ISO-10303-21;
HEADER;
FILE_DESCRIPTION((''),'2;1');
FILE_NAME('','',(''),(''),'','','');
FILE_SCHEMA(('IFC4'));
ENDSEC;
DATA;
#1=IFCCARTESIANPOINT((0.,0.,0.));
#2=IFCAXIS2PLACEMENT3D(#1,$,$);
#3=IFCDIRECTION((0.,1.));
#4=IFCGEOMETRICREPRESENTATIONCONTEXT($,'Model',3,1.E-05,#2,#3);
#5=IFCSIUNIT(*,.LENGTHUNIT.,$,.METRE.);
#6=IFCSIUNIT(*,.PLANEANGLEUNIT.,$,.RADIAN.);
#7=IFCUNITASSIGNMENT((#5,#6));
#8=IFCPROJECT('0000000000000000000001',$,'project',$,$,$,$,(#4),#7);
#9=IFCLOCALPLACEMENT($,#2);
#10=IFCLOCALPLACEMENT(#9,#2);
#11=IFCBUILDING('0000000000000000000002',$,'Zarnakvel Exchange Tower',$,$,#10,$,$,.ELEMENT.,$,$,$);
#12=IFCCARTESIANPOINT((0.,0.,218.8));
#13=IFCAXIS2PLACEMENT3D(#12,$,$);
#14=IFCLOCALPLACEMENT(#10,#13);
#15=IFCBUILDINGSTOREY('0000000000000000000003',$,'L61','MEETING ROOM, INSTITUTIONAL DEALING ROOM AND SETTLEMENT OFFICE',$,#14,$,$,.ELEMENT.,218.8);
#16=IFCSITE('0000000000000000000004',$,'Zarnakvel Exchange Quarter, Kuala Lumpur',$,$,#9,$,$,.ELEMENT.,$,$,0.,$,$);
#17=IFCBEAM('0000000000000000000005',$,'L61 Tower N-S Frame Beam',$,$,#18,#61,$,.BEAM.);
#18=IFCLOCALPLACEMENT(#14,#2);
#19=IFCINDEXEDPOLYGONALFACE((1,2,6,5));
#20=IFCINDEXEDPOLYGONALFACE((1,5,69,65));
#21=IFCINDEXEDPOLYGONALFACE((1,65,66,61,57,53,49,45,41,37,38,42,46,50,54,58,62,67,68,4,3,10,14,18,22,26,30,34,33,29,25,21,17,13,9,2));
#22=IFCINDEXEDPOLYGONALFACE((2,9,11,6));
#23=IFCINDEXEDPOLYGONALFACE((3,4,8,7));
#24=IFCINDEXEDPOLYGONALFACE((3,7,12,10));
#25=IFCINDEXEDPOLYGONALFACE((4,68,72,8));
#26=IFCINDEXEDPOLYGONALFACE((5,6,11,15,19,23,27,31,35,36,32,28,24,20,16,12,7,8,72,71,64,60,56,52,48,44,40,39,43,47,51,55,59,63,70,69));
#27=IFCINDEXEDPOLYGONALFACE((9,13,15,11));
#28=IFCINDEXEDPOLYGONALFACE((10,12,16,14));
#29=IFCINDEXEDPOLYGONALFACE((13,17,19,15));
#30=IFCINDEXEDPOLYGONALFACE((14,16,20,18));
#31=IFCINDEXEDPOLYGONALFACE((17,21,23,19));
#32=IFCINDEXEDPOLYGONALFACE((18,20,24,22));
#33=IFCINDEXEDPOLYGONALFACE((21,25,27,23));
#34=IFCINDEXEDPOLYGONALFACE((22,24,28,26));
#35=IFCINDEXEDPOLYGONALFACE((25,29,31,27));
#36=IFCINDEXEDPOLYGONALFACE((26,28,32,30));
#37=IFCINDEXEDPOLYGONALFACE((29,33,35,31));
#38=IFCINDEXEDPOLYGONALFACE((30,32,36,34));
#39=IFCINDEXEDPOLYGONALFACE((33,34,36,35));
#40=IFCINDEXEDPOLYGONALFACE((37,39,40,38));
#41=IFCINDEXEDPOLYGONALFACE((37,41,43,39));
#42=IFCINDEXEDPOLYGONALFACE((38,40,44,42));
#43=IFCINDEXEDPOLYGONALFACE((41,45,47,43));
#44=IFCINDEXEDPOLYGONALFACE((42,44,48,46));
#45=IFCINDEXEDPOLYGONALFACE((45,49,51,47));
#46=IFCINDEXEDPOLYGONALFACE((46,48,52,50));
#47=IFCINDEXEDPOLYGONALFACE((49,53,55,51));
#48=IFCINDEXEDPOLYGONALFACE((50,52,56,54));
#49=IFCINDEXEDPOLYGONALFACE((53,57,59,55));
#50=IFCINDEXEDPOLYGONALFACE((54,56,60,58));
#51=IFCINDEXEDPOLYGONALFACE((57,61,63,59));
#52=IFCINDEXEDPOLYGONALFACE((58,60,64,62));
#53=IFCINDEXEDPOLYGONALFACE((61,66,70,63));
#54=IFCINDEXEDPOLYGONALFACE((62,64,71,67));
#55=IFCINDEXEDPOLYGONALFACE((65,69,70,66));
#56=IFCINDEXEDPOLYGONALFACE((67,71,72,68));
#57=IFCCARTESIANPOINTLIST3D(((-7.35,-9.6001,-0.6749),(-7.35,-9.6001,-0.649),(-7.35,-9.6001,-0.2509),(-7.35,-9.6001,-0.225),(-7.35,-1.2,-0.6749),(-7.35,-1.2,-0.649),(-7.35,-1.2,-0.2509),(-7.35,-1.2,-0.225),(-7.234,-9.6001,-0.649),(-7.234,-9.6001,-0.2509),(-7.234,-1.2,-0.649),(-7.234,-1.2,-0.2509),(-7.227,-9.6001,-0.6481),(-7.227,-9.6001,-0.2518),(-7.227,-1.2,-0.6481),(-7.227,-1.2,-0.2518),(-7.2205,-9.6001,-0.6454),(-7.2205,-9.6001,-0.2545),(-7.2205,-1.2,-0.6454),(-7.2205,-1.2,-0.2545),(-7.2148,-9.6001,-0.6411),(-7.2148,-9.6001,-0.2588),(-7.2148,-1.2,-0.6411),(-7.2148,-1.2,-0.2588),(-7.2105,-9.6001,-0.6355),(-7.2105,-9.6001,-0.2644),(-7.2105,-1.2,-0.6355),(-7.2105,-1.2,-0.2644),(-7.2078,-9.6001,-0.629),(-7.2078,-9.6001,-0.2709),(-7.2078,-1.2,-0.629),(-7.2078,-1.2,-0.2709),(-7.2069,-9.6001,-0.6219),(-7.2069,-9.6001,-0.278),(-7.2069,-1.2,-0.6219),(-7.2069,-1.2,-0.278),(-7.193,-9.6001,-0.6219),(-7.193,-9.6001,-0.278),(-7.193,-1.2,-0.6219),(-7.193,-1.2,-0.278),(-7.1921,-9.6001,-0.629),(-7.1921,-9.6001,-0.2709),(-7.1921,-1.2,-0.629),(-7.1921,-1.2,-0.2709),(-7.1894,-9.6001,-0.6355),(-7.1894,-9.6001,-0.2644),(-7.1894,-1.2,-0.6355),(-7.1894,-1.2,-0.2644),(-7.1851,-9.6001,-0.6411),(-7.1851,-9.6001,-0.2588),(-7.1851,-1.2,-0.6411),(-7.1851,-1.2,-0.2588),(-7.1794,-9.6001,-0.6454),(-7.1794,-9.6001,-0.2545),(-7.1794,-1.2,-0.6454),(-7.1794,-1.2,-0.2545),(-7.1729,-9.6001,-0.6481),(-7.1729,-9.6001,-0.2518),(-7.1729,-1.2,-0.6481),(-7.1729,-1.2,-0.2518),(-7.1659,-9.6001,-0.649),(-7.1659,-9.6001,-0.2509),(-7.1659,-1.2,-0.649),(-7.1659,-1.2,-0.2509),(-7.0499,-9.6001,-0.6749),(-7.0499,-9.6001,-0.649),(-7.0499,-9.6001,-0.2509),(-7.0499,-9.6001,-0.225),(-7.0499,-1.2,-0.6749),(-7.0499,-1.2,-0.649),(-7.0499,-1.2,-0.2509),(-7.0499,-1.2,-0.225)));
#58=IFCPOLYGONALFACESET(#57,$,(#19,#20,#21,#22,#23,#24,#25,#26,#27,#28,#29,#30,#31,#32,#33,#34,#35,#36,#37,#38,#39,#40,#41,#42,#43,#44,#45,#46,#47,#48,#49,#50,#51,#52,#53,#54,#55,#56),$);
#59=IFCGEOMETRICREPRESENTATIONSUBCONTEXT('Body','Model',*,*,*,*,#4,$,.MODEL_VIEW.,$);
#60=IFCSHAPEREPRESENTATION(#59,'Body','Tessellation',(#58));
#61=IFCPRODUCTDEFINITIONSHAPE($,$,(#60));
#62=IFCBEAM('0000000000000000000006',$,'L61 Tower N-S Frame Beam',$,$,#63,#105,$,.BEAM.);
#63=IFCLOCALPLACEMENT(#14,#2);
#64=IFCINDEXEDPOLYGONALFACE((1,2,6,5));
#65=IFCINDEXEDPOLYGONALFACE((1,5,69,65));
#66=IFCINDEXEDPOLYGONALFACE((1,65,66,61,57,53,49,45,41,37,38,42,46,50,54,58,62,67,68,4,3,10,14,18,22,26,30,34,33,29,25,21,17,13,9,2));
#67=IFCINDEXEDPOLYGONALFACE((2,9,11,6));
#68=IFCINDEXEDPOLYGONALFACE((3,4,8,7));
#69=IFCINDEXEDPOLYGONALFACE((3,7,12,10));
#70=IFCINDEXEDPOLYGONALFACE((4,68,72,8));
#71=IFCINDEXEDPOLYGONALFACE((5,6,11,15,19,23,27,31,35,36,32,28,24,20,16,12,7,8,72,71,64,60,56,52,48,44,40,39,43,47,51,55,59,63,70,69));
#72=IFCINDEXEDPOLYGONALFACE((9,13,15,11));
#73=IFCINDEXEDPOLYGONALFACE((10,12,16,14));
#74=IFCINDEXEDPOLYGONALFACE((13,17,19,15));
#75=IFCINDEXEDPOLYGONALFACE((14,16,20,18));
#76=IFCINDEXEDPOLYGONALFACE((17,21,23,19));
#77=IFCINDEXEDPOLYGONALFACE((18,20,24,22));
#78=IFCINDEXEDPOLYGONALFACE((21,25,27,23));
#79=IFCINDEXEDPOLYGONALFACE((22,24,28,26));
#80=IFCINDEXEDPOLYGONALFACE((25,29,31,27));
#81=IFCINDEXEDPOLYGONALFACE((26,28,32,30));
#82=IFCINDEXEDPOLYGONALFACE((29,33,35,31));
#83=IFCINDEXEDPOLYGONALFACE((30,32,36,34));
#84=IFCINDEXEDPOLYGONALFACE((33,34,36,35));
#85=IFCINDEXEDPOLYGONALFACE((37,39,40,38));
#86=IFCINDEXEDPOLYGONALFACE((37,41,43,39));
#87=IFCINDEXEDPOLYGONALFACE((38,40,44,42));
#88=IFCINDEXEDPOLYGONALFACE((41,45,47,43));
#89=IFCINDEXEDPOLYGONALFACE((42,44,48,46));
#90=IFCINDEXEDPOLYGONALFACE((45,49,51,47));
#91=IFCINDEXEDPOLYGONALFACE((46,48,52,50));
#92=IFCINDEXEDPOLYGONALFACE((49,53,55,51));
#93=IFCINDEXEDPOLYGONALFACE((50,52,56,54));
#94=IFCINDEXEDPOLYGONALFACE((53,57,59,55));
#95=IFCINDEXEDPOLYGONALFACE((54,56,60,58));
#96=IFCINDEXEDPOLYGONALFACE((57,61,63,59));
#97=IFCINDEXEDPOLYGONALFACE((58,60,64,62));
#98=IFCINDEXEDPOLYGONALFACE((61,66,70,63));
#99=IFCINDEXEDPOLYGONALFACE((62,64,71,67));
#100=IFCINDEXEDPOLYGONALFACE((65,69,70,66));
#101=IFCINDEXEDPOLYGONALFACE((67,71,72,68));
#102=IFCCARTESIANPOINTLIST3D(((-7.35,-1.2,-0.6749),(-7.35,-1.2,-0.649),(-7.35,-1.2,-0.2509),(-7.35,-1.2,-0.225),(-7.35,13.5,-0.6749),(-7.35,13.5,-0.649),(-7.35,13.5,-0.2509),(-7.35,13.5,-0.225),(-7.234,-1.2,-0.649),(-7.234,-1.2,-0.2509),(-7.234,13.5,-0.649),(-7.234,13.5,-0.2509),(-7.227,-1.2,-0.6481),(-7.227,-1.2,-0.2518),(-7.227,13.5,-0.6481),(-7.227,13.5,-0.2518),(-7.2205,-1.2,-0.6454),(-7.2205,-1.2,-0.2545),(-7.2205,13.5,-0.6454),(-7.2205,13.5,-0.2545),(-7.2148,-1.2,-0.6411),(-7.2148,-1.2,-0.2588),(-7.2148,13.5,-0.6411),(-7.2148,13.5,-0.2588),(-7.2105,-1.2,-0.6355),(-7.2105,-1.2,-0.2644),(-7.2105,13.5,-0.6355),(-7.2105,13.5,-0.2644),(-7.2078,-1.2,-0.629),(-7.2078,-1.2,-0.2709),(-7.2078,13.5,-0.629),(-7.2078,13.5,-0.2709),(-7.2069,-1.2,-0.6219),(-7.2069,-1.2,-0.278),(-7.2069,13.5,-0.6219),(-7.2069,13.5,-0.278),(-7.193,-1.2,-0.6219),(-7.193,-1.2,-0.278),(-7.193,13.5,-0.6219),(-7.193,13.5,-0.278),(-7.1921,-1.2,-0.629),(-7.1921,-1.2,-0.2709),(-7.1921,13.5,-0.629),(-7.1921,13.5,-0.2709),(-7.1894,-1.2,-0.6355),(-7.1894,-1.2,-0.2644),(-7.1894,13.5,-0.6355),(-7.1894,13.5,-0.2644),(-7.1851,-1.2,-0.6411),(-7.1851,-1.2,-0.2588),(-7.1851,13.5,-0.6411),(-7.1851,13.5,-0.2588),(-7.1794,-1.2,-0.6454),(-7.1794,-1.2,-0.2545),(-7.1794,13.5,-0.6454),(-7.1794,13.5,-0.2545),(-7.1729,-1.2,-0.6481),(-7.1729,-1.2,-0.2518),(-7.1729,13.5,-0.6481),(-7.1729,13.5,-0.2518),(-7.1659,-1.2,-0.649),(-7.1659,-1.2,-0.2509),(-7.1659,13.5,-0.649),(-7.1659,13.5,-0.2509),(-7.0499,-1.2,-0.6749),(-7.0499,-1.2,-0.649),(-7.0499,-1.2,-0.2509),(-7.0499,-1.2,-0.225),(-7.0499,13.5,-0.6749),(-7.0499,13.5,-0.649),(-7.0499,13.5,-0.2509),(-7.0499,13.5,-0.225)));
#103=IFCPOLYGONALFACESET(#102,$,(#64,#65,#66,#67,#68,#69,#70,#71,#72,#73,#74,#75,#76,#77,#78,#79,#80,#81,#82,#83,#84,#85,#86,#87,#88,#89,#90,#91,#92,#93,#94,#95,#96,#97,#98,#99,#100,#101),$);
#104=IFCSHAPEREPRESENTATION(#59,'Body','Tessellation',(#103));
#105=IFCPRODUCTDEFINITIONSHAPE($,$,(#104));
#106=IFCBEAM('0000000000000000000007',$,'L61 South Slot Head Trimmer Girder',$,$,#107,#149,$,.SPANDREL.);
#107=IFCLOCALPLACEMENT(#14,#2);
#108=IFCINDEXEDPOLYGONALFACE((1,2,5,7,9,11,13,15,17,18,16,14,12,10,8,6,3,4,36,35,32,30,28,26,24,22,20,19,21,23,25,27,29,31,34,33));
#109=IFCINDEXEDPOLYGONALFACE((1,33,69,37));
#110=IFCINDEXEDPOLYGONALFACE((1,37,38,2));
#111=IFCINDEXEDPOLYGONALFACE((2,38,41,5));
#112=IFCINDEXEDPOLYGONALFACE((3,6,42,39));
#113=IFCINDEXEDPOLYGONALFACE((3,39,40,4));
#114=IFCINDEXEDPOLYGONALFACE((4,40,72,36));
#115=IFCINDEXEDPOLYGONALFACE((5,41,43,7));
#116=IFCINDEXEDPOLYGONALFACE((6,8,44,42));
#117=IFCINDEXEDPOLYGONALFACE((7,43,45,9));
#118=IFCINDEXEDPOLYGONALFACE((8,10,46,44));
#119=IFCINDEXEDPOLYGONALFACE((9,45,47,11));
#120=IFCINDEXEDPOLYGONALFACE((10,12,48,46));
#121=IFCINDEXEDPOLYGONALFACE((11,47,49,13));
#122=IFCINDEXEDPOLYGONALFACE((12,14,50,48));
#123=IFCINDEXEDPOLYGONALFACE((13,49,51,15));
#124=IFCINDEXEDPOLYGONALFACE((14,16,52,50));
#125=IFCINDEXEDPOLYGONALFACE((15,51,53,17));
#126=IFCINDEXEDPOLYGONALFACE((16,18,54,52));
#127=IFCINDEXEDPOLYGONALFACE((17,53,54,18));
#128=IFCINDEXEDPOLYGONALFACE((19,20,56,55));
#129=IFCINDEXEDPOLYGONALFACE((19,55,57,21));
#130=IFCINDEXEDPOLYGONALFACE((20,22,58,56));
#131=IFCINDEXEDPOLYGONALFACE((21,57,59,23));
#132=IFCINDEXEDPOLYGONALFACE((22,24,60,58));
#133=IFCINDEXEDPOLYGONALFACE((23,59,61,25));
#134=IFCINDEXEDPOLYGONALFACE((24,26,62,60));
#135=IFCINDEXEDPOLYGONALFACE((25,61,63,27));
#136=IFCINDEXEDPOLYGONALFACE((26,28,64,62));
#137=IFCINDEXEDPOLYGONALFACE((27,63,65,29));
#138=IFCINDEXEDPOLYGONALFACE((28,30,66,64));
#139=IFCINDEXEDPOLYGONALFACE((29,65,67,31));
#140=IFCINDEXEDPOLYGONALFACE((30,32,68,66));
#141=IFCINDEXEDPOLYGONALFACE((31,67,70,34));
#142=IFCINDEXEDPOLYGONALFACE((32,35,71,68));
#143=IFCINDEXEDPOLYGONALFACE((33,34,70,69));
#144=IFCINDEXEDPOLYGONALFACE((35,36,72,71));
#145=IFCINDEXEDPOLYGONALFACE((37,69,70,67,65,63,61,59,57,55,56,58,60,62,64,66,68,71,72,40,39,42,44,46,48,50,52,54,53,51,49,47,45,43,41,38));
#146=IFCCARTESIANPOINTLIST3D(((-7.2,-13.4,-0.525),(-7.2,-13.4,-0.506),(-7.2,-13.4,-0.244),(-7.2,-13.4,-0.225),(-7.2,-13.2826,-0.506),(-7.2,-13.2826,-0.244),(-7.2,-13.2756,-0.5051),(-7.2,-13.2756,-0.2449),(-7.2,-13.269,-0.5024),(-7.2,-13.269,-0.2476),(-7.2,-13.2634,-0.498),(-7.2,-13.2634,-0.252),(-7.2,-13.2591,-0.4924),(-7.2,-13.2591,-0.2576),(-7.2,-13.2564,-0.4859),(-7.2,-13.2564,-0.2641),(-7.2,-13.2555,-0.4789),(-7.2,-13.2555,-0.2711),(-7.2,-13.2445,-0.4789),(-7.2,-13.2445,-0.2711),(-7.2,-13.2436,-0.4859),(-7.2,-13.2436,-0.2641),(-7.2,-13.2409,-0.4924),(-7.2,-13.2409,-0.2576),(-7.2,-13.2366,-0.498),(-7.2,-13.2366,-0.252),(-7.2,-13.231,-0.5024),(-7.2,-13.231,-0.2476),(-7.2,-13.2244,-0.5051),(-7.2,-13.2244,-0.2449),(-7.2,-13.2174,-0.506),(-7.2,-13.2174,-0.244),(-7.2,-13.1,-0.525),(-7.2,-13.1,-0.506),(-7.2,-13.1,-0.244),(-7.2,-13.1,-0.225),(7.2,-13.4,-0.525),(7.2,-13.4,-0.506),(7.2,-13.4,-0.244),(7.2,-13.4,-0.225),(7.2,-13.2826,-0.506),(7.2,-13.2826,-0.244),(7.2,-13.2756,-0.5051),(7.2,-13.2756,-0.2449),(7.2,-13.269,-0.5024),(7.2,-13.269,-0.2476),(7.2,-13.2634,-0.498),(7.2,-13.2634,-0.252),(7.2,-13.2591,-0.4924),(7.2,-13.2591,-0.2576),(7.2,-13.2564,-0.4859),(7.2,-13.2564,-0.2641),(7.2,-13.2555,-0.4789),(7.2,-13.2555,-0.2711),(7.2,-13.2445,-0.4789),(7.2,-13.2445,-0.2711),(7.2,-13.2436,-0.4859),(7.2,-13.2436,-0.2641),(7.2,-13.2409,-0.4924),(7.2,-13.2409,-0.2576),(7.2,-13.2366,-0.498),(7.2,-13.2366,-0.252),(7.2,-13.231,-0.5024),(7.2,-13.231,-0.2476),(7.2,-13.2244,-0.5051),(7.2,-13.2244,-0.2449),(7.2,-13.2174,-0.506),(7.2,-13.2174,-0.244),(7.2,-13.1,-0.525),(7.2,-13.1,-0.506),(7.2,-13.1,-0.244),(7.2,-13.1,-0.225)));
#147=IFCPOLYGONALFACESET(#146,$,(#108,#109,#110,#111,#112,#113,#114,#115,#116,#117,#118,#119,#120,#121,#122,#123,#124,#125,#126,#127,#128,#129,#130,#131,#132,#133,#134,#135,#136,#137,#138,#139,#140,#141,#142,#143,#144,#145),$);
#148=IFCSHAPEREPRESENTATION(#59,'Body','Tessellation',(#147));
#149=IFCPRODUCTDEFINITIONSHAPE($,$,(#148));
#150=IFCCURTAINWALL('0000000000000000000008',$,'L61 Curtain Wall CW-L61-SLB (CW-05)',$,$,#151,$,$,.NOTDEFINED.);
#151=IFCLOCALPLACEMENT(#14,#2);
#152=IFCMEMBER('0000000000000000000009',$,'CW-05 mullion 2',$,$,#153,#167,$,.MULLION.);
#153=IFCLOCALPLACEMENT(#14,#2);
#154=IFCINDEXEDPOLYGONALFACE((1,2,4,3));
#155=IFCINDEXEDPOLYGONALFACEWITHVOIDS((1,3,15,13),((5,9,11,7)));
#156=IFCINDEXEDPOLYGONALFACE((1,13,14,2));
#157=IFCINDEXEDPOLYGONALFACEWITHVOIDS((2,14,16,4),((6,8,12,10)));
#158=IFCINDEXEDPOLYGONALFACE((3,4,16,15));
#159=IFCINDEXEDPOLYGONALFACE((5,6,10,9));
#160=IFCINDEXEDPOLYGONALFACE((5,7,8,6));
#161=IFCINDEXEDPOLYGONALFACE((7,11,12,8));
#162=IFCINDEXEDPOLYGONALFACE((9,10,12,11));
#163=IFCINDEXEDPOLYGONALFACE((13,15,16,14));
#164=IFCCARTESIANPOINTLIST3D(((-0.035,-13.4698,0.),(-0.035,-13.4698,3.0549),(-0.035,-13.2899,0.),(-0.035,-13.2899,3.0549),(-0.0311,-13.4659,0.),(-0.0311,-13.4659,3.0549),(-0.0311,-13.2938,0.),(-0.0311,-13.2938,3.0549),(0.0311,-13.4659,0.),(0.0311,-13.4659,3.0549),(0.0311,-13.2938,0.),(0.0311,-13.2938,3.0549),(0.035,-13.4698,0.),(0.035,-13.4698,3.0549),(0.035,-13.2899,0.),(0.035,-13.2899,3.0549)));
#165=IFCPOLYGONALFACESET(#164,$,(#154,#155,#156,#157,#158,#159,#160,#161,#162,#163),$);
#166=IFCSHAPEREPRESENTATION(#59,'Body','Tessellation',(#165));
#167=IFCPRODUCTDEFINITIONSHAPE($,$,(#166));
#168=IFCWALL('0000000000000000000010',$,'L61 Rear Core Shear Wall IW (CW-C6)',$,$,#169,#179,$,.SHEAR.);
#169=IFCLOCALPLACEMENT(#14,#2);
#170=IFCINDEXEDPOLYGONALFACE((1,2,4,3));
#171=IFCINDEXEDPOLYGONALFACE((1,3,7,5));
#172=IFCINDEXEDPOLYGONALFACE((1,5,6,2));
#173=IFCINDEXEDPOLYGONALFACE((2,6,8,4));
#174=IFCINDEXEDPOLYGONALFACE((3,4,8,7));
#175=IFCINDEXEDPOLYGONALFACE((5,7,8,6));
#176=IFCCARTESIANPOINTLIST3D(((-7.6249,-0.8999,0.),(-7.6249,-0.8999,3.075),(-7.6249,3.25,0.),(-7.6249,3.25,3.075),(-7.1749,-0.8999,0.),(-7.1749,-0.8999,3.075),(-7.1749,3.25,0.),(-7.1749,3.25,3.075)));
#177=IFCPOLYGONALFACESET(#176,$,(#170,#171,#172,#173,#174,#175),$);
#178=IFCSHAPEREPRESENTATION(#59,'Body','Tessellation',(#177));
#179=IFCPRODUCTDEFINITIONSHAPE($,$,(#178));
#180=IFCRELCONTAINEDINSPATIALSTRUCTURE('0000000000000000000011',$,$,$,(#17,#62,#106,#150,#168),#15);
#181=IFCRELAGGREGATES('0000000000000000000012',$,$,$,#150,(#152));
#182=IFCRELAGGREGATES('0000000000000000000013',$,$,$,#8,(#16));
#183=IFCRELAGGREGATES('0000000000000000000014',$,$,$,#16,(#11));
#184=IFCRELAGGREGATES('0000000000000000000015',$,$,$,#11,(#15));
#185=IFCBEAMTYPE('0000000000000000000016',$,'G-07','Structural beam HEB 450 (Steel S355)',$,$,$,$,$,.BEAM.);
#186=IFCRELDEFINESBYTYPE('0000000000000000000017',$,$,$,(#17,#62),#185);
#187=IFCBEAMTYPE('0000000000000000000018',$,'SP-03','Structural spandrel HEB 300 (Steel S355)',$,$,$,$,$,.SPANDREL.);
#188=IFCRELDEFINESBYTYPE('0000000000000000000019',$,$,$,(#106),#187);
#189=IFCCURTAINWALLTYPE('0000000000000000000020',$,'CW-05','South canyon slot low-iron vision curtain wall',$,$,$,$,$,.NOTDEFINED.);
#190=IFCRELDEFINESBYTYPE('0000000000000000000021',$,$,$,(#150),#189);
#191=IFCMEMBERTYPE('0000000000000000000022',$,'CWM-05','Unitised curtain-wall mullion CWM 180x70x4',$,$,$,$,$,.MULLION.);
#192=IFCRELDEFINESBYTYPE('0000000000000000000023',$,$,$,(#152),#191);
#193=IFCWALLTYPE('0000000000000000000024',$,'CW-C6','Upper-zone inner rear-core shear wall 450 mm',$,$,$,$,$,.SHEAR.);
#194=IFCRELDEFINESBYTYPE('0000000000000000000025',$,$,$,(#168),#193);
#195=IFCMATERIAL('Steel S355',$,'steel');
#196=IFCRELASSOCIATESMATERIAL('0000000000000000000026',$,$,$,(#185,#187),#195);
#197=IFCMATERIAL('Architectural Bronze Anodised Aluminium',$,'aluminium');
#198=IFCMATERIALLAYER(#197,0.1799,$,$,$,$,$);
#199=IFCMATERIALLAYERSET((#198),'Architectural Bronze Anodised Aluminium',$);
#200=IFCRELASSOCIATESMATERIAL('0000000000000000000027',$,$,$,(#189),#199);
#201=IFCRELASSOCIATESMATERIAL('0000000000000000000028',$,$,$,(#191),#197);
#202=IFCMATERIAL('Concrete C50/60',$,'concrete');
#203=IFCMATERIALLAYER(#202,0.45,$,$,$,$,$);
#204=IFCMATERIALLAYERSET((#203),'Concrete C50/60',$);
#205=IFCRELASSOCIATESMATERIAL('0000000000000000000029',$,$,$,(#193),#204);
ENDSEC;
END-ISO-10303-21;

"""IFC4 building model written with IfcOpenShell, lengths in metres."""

from ifc_helpers import new_model, si_unit, direction, frame, frame_2d, origin, origin_2d, place, context, subcontext, project, spatial, rectangle, hollow_rectangle, i_section, extrude, source, transform, mapped, material, layer, layer_set, material_profile, profile_set, type_object, element, aggregate, save


model = new_model("IFC4")

# Units and contexts
model_context = context("Model", 3, precision=1e-05, world=origin(), true_north=direction((0.0, 1.0)))
body_context = subcontext(model_context, "Body", "Model", "MODEL_VIEW")
ifc_project = project(units=[si_unit("LENGTHUNIT", "METRE"), si_unit("PLANEANGLEUNIT", "RADIAN")], contexts=[model_context])

# Site, building, storey
site_placement = place(None, origin())
site = spatial("IfcSite", under=ifc_project, at=site_placement, Name="Zarnakvel Exchange Quarter, Kuala Lumpur", CompositionType="ELEMENT", RefElevation=0.0)
building_placement = place(site_placement, origin())
building = spatial("IfcBuilding", under=site, at=building_placement, Name="Zarnakvel Exchange Tower", CompositionType="ELEMENT")
storey_placement = place(building_placement, frame((0.0, 0.0, 218.8)))
storey = spatial("IfcBuildingStorey", under=building, at=storey_placement, Name="L61", Description="MEETING ROOM, INSTITUTIONAL DEALING ROOM AND SETTLEMENT OFFICE", CompositionType="ELEMENT", Elevation=218.8)

# Shared definitions
ifc_material_1 = material(Name="Concrete C50/60", Category="concrete")

# Beams
ifc_material_2 = material(Name="Steel S355", Category="steel")
ifc_material_profile_1 = material_profile(ifc_material_2, i_section(OverallWidth=0.3, OverallDepth=0.45, WebThickness=0.0139, FlangeThickness=0.0259, FilletRadius=0.0271, at=origin_2d()))
ifc_profile_set_1 = profile_set([ifc_material_profile_1], Name="Steel S355")
beam_type_1 = type_object("IfcBeamType", Name="G-07", Description="Structural beam HEB 450 (Steel S355)", PredefinedType="BEAM", material=ifc_profile_set_1)
beam_1_placement = place(storey_placement, frame((-7.2, -9.6001, -0.45), z_axis=(0.0, 1.0, 0.0), x_axis=(-1.0, 0.0, 0.0)))
element("IfcBeam", 1, at=beam_1_placement, inside=storey, type_object=beam_type_1, Name="L61 Tower N-S Frame Beam", PredefinedType="BEAM", context=body_context, shape_type="SweptSolid", body=[
    extrude(i_section(OverallWidth=0.3, OverallDepth=0.45, WebThickness=0.0139, FlangeThickness=0.0259, FilletRadius=0.0271, at=origin_2d()), origin(), (0.0, 0.0, 1.0), 8.4001),
])
beam_2_placement = place(storey_placement, frame((-7.2, -1.2, -0.45), z_axis=(0.0, 1.0, 0.0), x_axis=(-1.0, 0.0, 0.0)))
element("IfcBeam", 2, at=beam_2_placement, inside=storey, type_object=beam_type_1, Name="L61 Tower N-S Frame Beam", PredefinedType="BEAM", context=body_context, shape_type="SweptSolid", body=[
    extrude(i_section(OverallWidth=0.3, OverallDepth=0.45, WebThickness=0.0139, FlangeThickness=0.0259, FilletRadius=0.0271, at=origin_2d()), origin(), (0.0, 0.0, 1.0), 14.7),
])
ifc_material_profile_2 = material_profile(ifc_material_2, i_section(OverallWidth=0.3, OverallDepth=0.3, WebThickness=0.011, FlangeThickness=0.019, FilletRadius=0.0271, at=origin_2d()))
ifc_profile_set_2 = profile_set([ifc_material_profile_2], Name="Steel S355")
beam_type_2 = type_object("IfcBeamType", Name="SP-03", Description="Structural spandrel HEB 300 (Steel S355)", PredefinedType="SPANDREL", material=ifc_profile_set_2)
beam_3_placement = place(storey_placement, frame((-7.2, -13.25, -0.375), z_axis=(1.0, 0.0, 0.0), x_axis=(0.0, 1.0, 0.0)))
element("IfcBeam", 3, at=beam_3_placement, inside=storey, type_object=beam_type_2, Name="L61 South Slot Head Trimmer Girder", PredefinedType="SPANDREL", context=body_context, shape_type="SweptSolid", body=[
    extrude(i_section(OverallWidth=0.3, OverallDepth=0.3, WebThickness=0.011, FlangeThickness=0.019, FilletRadius=0.0271, at=origin_2d()), origin(), (0.0, 0.0, 1.0), 14.3999),
])

# Curtain wall, member
ifc_material_3 = material(Name="Architectural Bronze Anodised Aluminium", Category="aluminium")
ifc_layer_1 = layer(ifc_material_3, 0.1799)
ifc_layer_set_1 = layer_set([ifc_layer_1], Name="Architectural Bronze Anodised Aluminium")
curtain_wall_type = type_object("IfcCurtainWallType", Name="CW-05", Description="South canyon slot low-iron vision curtain wall", PredefinedType="NOTDEFINED", material=ifc_layer_set_1)
curtain_wall_placement = place(storey_placement, origin())
curtain_wall = element("IfcCurtainWall", 4, at=curtain_wall_placement, inside=storey, type_object=curtain_wall_type, Name="L61 Curtain Wall CW-L61-SLB (CW-05)", PredefinedType="NOTDEFINED")
ifc_material_profile_3 = material_profile(ifc_material_3, hollow_rectangle(XDim=0.1799, YDim=0.0701, WallThickness=0.0039, at=origin_2d()))
ifc_profile_set_3 = profile_set([ifc_material_profile_3], Name="Architectural Bronze Anodised Aluminium")
member_type = type_object("IfcMemberType", Name="CWM-05", Description="Unitised curtain-wall mullion CWM 180x70x4", PredefinedType="MULLION", material=ifc_profile_set_3)
shared_shape_1 = source(origin(), body_context, "Body", "SweptSolid", [
    extrude(hollow_rectangle(XDim=0.1799, YDim=0.0701, WallThickness=0.0039, at=origin_2d()), origin(), (0.0, 0.0, 1.0), 3.0549),
])
member_placement = place(storey_placement, frame((0.0, -13.3799, 0.0), z_axis=(0.0, 0.0, 1.0), x_axis=(0.0, 1.0, 0.0)))
member = element("IfcMember", 5, at=member_placement, type_object=member_type, Name="CW-05 mullion 2", PredefinedType="MULLION", context=body_context, shape_type="MappedRepresentation", body=[
    mapped(shared_shape_1, transform((0.0, 0.0, 0.0), x_axis=(1.0, 0.0, 0.0), y_axis=(0.0, 1.0, 0.0), z_axis=(0.0, 0.0, 1.0), scale=1.0)),
])
aggregate(curtain_wall, [member])

# Wall
ifc_layer_2 = layer(ifc_material_1, 0.45)
ifc_layer_set_2 = layer_set([ifc_layer_2], Name="Concrete C50/60")
wall_type_1 = type_object("IfcWallType", Name="CW-C6", Description="Upper-zone inner rear-core shear wall 450 mm", PredefinedType="SHEAR", material=ifc_layer_set_2)
wall_1_placement = place(storey_placement, frame((-7.3999, -0.8999, 0.0), z_axis=(0.0, 0.0, 1.0), x_axis=(0.0, 1.0, 0.0)))
element("IfcWall", 6, at=wall_1_placement, inside=storey, type_object=wall_type_1, Name="L61 Rear Core Shear Wall IW (CW-C6)", PredefinedType="SHEAR", context=body_context, shape_type="SweptSolid", body=[
    extrude(rectangle(XDim=4.1499, YDim=0.45, at=frame_2d((2.075, 0.0))), origin(), (0.0, 0.0, 1.0), 3.075),
])

save(model, "model.ifc")
